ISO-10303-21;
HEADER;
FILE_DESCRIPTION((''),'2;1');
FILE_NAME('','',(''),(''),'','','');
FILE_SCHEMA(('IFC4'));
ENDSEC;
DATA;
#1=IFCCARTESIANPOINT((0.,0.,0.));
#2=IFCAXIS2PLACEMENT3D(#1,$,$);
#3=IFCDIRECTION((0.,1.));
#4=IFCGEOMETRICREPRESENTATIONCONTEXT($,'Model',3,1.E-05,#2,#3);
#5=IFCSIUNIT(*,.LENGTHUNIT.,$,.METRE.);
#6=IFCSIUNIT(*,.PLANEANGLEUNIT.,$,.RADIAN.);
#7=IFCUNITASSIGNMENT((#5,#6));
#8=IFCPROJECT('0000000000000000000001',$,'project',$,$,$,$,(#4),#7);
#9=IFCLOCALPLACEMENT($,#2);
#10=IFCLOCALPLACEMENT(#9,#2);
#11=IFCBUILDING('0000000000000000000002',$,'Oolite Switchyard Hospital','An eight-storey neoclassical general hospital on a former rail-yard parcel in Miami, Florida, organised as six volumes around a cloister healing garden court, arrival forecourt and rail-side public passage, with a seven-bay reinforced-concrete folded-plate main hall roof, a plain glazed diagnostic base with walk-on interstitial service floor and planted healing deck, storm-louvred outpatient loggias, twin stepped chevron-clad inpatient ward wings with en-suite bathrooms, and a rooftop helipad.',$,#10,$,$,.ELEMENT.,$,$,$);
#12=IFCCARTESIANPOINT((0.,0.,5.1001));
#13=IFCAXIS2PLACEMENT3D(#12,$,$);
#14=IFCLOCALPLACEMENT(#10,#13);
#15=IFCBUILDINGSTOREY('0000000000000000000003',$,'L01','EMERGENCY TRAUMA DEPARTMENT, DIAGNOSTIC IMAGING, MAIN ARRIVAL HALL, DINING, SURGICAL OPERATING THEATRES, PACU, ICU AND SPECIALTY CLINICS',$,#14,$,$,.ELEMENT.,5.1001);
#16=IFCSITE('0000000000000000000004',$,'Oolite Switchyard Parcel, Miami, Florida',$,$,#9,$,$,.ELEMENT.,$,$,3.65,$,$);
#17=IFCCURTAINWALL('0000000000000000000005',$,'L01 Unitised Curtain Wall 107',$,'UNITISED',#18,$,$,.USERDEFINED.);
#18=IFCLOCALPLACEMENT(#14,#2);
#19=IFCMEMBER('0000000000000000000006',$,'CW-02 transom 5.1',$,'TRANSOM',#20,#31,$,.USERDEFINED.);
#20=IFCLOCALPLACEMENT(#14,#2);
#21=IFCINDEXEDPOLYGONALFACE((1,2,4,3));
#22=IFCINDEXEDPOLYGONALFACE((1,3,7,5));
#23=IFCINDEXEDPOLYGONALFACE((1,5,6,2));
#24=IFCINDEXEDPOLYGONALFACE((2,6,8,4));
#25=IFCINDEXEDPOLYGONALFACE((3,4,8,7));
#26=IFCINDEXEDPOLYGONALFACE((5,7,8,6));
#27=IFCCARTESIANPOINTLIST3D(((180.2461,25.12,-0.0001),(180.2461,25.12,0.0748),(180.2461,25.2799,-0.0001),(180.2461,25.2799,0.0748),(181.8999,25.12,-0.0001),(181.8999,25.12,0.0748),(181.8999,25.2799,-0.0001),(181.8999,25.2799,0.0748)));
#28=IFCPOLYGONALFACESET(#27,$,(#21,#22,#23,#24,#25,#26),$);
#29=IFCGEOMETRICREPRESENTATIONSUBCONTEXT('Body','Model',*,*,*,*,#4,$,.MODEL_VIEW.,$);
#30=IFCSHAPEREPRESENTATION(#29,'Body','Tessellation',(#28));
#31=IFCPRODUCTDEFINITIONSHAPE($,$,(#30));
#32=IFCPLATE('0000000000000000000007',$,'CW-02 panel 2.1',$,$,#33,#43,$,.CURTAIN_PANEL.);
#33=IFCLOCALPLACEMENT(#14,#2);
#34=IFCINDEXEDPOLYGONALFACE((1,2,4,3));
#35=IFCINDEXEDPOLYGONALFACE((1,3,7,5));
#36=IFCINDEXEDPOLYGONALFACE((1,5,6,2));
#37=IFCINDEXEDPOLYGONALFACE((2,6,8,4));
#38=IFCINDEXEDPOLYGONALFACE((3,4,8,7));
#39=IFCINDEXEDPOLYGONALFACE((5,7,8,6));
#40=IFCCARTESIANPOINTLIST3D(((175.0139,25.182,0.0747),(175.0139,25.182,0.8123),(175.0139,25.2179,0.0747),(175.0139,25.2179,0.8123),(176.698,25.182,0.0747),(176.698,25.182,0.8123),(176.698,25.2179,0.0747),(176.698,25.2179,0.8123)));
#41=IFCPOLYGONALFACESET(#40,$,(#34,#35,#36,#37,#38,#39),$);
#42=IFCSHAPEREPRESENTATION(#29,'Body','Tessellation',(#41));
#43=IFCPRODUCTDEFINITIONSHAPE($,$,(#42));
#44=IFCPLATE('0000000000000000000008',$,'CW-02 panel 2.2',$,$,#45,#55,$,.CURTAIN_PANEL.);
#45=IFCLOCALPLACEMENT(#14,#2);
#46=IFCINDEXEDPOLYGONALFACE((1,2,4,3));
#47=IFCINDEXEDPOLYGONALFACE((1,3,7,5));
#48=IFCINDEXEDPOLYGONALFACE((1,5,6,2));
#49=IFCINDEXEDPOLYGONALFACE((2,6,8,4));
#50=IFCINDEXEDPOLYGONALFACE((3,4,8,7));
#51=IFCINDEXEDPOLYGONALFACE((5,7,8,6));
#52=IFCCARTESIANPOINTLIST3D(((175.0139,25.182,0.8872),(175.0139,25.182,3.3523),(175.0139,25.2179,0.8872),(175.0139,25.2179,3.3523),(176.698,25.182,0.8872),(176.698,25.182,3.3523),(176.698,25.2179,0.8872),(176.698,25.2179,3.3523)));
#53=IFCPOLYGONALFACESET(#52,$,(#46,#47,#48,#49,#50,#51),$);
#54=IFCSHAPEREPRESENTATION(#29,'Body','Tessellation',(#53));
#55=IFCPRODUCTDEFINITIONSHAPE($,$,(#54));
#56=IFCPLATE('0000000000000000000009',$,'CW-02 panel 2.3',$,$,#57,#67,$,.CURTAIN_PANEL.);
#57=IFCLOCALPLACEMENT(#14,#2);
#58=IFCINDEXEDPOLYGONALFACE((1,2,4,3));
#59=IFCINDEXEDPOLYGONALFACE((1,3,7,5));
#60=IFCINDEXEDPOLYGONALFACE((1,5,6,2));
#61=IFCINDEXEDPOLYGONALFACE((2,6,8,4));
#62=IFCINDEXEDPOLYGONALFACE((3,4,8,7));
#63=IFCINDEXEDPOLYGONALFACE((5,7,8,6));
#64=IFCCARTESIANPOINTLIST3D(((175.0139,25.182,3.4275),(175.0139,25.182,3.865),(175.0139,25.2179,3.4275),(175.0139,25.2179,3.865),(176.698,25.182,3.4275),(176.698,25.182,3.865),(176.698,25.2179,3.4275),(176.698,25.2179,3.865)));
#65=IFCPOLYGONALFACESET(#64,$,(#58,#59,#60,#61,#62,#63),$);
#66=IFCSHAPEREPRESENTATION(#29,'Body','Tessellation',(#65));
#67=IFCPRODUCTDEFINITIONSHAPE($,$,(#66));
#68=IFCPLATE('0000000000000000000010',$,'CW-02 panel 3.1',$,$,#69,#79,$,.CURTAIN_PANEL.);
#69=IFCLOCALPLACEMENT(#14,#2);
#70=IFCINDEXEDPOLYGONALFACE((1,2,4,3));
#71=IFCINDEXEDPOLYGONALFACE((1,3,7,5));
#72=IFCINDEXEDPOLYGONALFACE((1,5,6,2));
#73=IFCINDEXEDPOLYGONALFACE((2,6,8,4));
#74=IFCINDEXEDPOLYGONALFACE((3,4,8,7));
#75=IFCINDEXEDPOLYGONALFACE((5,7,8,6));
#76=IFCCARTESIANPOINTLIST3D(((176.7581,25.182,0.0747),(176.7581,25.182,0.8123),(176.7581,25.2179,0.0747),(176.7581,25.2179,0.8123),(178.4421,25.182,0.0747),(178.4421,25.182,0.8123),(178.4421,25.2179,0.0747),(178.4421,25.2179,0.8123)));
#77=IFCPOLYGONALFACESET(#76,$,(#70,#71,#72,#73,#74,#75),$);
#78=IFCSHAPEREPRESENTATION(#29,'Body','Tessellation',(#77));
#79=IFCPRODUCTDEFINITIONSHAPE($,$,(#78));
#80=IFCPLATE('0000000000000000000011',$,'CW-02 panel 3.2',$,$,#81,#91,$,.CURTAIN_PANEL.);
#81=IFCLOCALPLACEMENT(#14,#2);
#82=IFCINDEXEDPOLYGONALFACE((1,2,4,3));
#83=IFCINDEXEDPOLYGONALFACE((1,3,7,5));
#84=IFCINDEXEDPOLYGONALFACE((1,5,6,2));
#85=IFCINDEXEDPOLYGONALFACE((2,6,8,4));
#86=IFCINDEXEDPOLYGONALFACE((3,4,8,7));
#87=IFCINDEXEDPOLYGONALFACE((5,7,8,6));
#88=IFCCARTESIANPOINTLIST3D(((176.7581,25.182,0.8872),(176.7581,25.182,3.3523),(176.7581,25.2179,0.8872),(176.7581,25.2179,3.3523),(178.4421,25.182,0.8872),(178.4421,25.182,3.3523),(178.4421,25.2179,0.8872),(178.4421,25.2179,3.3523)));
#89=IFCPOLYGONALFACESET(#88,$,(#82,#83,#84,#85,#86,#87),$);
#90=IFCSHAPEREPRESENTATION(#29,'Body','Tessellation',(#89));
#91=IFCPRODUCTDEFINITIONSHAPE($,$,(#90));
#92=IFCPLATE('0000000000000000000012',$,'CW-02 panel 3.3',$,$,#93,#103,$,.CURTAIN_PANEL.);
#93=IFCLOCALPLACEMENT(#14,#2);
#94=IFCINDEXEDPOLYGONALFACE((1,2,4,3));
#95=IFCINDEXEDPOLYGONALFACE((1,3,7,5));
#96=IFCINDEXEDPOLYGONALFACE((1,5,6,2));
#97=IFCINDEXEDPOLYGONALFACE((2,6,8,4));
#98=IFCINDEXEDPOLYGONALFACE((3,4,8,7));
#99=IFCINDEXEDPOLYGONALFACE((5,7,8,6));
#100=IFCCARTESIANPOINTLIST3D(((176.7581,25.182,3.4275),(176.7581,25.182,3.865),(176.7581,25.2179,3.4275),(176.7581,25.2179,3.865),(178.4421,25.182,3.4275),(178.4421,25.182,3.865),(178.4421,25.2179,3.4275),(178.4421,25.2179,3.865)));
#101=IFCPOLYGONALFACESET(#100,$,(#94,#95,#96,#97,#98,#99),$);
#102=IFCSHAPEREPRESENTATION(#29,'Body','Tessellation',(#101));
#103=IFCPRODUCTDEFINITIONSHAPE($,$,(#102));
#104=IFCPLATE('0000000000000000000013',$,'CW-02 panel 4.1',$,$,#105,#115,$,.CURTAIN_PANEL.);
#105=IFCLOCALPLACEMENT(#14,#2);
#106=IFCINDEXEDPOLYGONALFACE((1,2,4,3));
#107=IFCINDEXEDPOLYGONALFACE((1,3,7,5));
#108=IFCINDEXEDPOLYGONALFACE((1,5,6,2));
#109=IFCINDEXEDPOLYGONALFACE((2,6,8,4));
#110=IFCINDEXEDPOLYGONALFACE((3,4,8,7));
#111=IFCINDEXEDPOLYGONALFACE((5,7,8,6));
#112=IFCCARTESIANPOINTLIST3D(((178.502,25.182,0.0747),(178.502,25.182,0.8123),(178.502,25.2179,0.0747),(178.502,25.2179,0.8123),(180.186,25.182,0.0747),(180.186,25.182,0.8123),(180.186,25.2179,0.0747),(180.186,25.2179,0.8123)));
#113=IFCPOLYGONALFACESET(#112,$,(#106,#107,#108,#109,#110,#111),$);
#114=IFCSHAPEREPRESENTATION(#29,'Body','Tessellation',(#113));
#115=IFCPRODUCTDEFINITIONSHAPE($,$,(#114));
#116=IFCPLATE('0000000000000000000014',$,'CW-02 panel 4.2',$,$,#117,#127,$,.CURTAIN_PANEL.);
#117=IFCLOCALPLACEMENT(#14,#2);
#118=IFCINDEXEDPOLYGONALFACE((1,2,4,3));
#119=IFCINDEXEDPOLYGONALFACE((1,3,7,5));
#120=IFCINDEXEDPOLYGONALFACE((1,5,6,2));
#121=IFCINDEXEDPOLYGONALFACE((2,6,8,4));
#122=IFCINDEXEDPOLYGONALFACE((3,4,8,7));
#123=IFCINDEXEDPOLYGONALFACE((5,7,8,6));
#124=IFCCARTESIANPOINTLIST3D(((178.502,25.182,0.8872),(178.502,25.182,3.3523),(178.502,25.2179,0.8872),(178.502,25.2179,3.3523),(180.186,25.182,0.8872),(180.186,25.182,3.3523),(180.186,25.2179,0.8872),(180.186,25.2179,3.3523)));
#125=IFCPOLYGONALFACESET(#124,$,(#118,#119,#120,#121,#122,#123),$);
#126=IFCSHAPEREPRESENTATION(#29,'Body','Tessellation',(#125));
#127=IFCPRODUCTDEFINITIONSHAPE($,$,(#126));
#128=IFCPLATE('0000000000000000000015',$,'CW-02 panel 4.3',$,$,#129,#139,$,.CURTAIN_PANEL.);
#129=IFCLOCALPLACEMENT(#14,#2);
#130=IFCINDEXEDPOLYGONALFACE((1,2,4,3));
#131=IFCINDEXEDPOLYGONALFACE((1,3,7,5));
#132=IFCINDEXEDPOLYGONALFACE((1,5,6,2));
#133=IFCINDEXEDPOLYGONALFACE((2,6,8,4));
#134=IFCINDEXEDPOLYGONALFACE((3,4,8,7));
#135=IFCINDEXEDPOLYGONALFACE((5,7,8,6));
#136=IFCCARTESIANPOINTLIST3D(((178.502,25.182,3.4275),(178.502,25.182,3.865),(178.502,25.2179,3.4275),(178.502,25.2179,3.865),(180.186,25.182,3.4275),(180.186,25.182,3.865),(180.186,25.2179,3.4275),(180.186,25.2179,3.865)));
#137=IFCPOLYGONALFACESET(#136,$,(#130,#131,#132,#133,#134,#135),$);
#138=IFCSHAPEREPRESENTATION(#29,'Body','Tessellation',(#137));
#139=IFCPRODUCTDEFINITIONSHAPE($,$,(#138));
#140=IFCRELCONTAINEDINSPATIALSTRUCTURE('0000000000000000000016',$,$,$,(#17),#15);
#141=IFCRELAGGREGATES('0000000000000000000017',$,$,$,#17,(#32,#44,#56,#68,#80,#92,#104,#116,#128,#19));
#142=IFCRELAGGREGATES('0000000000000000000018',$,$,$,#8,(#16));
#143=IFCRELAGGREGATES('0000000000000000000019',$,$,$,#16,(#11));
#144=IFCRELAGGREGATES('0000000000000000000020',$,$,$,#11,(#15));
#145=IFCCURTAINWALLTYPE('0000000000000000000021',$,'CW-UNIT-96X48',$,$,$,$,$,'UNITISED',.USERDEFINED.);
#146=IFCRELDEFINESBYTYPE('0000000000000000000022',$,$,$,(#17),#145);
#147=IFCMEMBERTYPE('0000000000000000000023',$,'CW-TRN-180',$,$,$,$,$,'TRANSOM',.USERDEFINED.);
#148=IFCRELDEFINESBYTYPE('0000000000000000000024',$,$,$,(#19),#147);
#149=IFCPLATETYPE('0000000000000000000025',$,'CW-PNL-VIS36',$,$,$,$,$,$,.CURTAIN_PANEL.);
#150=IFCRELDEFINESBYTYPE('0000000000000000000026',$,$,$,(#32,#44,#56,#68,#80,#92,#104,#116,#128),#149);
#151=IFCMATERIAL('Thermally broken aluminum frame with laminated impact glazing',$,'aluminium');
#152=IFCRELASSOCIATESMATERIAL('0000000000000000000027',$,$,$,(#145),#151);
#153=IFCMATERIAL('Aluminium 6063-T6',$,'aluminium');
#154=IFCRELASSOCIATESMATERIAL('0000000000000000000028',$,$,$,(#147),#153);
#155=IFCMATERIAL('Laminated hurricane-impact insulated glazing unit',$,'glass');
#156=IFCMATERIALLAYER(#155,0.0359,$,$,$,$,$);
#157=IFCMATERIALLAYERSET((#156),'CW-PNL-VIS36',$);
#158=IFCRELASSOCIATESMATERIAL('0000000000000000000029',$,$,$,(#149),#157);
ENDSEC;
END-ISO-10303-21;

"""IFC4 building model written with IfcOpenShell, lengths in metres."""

from ifc_helpers import new_model, si_unit, direction, frame, origin, origin_2d, place, context, subcontext, project, spatial, rectangle, extrude, material, layer, layer_set, material_profile, profile_set, type_object, element, aggregate, save


model = new_model("IFC4")

# Units and contexts
model_context = context("Model", 3, precision=1e-05, world=origin(), true_north=direction((0.0, 1.0)))
body_context = subcontext(model_context, "Body", "Model", "MODEL_VIEW")
ifc_project = project(units=[si_unit("LENGTHUNIT", "METRE"), si_unit("PLANEANGLEUNIT", "RADIAN")], contexts=[model_context])

# Site, building, storey
site_placement = place(None, origin())
site = spatial("IfcSite", under=ifc_project, at=site_placement, Name="Oolite Switchyard Parcel, Miami, Florida", CompositionType="ELEMENT", RefElevation=3.65)
building_placement = place(site_placement, origin())
building = spatial("IfcBuilding", under=site, at=building_placement, Name="Oolite Switchyard Hospital", Description="An eight-storey neoclassical general hospital on a former rail-yard parcel in Miami, Florida, organised as six volumes around a cloister healing garden court, arrival forecourt and rail-side public passage, with a seven-bay reinforced-concrete folded-plate main hall roof, a plain glazed diagnostic base with walk-on interstitial service floor and planted healing deck, storm-louvred outpatient loggias, twin stepped chevron-clad inpatient ward wings with en-suite bathrooms, and a rooftop helipad.", CompositionType="ELEMENT")
storey_placement = place(building_placement, frame((0.0, 0.0, 5.1001)))
storey = spatial("IfcBuildingStorey", under=building, at=storey_placement, Name="L01", Description="EMERGENCY TRAUMA DEPARTMENT, DIAGNOSTIC IMAGING, MAIN ARRIVAL HALL, DINING, SURGICAL OPERATING THEATRES, PACU, ICU AND SPECIALTY CLINICS", CompositionType="ELEMENT", Elevation=5.1001)

# Curtain wall, member, plates
ifc_material_1 = material(Name="Thermally broken aluminum frame with laminated impact glazing", Category="aluminium")
curtain_wall_type = type_object("IfcCurtainWallType", Name="CW-UNIT-96X48", ElementType="UNITISED", PredefinedType="USERDEFINED", material=ifc_material_1)
curtain_wall_placement = place(storey_placement, origin())
curtain_wall = element("IfcCurtainWall", 1, at=curtain_wall_placement, inside=storey, type_object=curtain_wall_type, Name="L01 Unitised Curtain Wall 107", ObjectType="UNITISED", PredefinedType="USERDEFINED")
ifc_material_2 = material(Name="Aluminium 6063-T6", Category="aluminium")
ifc_material_profile_1 = material_profile(ifc_material_2, rectangle(XDim=0.1599, YDim=0.075, at=origin_2d()), Name="CWT75X160")
ifc_profile_set_1 = profile_set([ifc_material_profile_1], Name="Aluminium 6063-T6")
member_type_1 = type_object("IfcMemberType", Name="CW-TRN-180", ElementType="TRANSOM", PredefinedType="USERDEFINED", material=ifc_profile_set_1)
member_1_placement = place(storey_placement, frame((180.2461, 25.2, 0.0374), z_axis=(1.0, 0.0, 0.0), x_axis=(0.0, 1.0, 0.0)))
member_1 = element("IfcMember", 2, at=member_1_placement, type_object=member_type_1, Name="CW-02 transom 5.1", ObjectType="TRANSOM", PredefinedType="USERDEFINED", context=body_context, shape_type="SweptSolid", body=[
    extrude(rectangle(XDim=0.1599, YDim=0.075, at=origin_2d()), origin(), (0.0, 0.0, 1.0), 1.6538),
])
ifc_material_3 = material(Name="Laminated hurricane-impact insulated glazing unit", Category="glass")
ifc_layer = layer(ifc_material_3, 0.0359)
ifc_layer_set = layer_set([ifc_layer], Name="CW-PNL-VIS36")
plate_type = type_object("IfcPlateType", Name="CW-PNL-VIS36", PredefinedType="CURTAIN_PANEL", material=ifc_layer_set)
plate_1_placement = place(storey_placement, frame((175.856, 25.2, 0.0747), z_axis=(0.0, 0.0, 1.0), x_axis=(1.0, 0.0, 0.0)))
plate_1 = element("IfcPlate", 3, at=plate_1_placement, type_object=plate_type, Name="CW-02 panel 2.1", PredefinedType="CURTAIN_PANEL", context=body_context, shape_type="SweptSolid", body=[
    extrude(rectangle(XDim=1.6841, YDim=0.0359, at=origin_2d()), origin(), (0.0, 0.0, 1.0), 0.7375),
])
plate_2_placement = place(storey_placement, frame((175.856, 25.2, 0.8872), z_axis=(0.0, 0.0, 1.0), x_axis=(1.0, 0.0, 0.0)))
plate_2 = element("IfcPlate", 4, at=plate_2_placement, type_object=plate_type, Name="CW-02 panel 2.2", PredefinedType="CURTAIN_PANEL", context=body_context, shape_type="SweptSolid", body=[
    extrude(rectangle(XDim=1.6841, YDim=0.0359, at=origin_2d()), origin(), (0.0, 0.0, 1.0), 2.4651),
])
plate_3_placement = place(storey_placement, frame((175.856, 25.2, 3.4275), z_axis=(0.0, 0.0, 1.0), x_axis=(1.0, 0.0, 0.0)))
plate_3 = element("IfcPlate", 5, at=plate_3_placement, type_object=plate_type, Name="CW-02 panel 2.3", PredefinedType="CURTAIN_PANEL", context=body_context, shape_type="SweptSolid", body=[
    extrude(rectangle(XDim=1.6841, YDim=0.0359, at=origin_2d()), origin(), (0.0, 0.0, 1.0), 0.4375),
])
plate_4_placement = place(storey_placement, frame((177.6001, 25.2, 0.0747), z_axis=(0.0, 0.0, 1.0), x_axis=(1.0, 0.0, 0.0)))
plate_4 = element("IfcPlate", 6, at=plate_4_placement, type_object=plate_type, Name="CW-02 panel 3.1", PredefinedType="CURTAIN_PANEL", context=body_context, shape_type="SweptSolid", body=[
    extrude(rectangle(XDim=1.6841, YDim=0.0359, at=origin_2d()), origin(), (0.0, 0.0, 1.0), 0.7375),
])
plate_5_placement = place(storey_placement, frame((177.6001, 25.2, 0.8872), z_axis=(0.0, 0.0, 1.0), x_axis=(1.0, 0.0, 0.0)))
plate_5 = element("IfcPlate", 7, at=plate_5_placement, type_object=plate_type, Name="CW-02 panel 3.2", PredefinedType="CURTAIN_PANEL", context=body_context, shape_type="SweptSolid", body=[
    extrude(rectangle(XDim=1.6841, YDim=0.0359, at=origin_2d()), origin(), (0.0, 0.0, 1.0), 2.4651),
])
plate_6_placement = place(storey_placement, frame((177.6001, 25.2, 3.4275), z_axis=(0.0, 0.0, 1.0), x_axis=(1.0, 0.0, 0.0)))
plate_6 = element("IfcPlate", 8, at=plate_6_placement, type_object=plate_type, Name="CW-02 panel 3.3", PredefinedType="CURTAIN_PANEL", context=body_context, shape_type="SweptSolid", body=[
    extrude(rectangle(XDim=1.6841, YDim=0.0359, at=origin_2d()), origin(), (0.0, 0.0, 1.0), 0.4375),
])
plate_7_placement = place(storey_placement, frame((179.344, 25.2, 0.0747), z_axis=(0.0, 0.0, 1.0), x_axis=(1.0, 0.0, 0.0)))
plate_7 = element("IfcPlate", 9, at=plate_7_placement, type_object=plate_type, Name="CW-02 panel 4.1", PredefinedType="CURTAIN_PANEL", context=body_context, shape_type="SweptSolid", body=[
    extrude(rectangle(XDim=1.6841, YDim=0.0359, at=origin_2d()), origin(), (0.0, 0.0, 1.0), 0.7375),
])
plate_8_placement = place(storey_placement, frame((179.344, 25.2, 0.8872), z_axis=(0.0, 0.0, 1.0), x_axis=(1.0, 0.0, 0.0)))
plate_8 = element("IfcPlate", 10, at=plate_8_placement, type_object=plate_type, Name="CW-02 panel 4.2", PredefinedType="CURTAIN_PANEL", context=body_context, shape_type="SweptSolid", body=[
    extrude(rectangle(XDim=1.6841, YDim=0.0359, at=origin_2d()), origin(), (0.0, 0.0, 1.0), 2.4651),
])
plate_9_placement = place(storey_placement, frame((179.344, 25.2, 3.4275), z_axis=(0.0, 0.0, 1.0), x_axis=(1.0, 0.0, 0.0)))
plate_9 = element("IfcPlate", 11, at=plate_9_placement, type_object=plate_type, Name="CW-02 panel 4.3", PredefinedType="CURTAIN_PANEL", context=body_context, shape_type="SweptSolid", body=[
    extrude(rectangle(XDim=1.6841, YDim=0.0359, at=origin_2d()), origin(), (0.0, 0.0, 1.0), 0.4375),
])
aggregate(curtain_wall, [plate_1, plate_2, plate_3, plate_4, plate_5, plate_6, plate_7, plate_8, plate_9, member_1])

save(model, "model.ifc")
